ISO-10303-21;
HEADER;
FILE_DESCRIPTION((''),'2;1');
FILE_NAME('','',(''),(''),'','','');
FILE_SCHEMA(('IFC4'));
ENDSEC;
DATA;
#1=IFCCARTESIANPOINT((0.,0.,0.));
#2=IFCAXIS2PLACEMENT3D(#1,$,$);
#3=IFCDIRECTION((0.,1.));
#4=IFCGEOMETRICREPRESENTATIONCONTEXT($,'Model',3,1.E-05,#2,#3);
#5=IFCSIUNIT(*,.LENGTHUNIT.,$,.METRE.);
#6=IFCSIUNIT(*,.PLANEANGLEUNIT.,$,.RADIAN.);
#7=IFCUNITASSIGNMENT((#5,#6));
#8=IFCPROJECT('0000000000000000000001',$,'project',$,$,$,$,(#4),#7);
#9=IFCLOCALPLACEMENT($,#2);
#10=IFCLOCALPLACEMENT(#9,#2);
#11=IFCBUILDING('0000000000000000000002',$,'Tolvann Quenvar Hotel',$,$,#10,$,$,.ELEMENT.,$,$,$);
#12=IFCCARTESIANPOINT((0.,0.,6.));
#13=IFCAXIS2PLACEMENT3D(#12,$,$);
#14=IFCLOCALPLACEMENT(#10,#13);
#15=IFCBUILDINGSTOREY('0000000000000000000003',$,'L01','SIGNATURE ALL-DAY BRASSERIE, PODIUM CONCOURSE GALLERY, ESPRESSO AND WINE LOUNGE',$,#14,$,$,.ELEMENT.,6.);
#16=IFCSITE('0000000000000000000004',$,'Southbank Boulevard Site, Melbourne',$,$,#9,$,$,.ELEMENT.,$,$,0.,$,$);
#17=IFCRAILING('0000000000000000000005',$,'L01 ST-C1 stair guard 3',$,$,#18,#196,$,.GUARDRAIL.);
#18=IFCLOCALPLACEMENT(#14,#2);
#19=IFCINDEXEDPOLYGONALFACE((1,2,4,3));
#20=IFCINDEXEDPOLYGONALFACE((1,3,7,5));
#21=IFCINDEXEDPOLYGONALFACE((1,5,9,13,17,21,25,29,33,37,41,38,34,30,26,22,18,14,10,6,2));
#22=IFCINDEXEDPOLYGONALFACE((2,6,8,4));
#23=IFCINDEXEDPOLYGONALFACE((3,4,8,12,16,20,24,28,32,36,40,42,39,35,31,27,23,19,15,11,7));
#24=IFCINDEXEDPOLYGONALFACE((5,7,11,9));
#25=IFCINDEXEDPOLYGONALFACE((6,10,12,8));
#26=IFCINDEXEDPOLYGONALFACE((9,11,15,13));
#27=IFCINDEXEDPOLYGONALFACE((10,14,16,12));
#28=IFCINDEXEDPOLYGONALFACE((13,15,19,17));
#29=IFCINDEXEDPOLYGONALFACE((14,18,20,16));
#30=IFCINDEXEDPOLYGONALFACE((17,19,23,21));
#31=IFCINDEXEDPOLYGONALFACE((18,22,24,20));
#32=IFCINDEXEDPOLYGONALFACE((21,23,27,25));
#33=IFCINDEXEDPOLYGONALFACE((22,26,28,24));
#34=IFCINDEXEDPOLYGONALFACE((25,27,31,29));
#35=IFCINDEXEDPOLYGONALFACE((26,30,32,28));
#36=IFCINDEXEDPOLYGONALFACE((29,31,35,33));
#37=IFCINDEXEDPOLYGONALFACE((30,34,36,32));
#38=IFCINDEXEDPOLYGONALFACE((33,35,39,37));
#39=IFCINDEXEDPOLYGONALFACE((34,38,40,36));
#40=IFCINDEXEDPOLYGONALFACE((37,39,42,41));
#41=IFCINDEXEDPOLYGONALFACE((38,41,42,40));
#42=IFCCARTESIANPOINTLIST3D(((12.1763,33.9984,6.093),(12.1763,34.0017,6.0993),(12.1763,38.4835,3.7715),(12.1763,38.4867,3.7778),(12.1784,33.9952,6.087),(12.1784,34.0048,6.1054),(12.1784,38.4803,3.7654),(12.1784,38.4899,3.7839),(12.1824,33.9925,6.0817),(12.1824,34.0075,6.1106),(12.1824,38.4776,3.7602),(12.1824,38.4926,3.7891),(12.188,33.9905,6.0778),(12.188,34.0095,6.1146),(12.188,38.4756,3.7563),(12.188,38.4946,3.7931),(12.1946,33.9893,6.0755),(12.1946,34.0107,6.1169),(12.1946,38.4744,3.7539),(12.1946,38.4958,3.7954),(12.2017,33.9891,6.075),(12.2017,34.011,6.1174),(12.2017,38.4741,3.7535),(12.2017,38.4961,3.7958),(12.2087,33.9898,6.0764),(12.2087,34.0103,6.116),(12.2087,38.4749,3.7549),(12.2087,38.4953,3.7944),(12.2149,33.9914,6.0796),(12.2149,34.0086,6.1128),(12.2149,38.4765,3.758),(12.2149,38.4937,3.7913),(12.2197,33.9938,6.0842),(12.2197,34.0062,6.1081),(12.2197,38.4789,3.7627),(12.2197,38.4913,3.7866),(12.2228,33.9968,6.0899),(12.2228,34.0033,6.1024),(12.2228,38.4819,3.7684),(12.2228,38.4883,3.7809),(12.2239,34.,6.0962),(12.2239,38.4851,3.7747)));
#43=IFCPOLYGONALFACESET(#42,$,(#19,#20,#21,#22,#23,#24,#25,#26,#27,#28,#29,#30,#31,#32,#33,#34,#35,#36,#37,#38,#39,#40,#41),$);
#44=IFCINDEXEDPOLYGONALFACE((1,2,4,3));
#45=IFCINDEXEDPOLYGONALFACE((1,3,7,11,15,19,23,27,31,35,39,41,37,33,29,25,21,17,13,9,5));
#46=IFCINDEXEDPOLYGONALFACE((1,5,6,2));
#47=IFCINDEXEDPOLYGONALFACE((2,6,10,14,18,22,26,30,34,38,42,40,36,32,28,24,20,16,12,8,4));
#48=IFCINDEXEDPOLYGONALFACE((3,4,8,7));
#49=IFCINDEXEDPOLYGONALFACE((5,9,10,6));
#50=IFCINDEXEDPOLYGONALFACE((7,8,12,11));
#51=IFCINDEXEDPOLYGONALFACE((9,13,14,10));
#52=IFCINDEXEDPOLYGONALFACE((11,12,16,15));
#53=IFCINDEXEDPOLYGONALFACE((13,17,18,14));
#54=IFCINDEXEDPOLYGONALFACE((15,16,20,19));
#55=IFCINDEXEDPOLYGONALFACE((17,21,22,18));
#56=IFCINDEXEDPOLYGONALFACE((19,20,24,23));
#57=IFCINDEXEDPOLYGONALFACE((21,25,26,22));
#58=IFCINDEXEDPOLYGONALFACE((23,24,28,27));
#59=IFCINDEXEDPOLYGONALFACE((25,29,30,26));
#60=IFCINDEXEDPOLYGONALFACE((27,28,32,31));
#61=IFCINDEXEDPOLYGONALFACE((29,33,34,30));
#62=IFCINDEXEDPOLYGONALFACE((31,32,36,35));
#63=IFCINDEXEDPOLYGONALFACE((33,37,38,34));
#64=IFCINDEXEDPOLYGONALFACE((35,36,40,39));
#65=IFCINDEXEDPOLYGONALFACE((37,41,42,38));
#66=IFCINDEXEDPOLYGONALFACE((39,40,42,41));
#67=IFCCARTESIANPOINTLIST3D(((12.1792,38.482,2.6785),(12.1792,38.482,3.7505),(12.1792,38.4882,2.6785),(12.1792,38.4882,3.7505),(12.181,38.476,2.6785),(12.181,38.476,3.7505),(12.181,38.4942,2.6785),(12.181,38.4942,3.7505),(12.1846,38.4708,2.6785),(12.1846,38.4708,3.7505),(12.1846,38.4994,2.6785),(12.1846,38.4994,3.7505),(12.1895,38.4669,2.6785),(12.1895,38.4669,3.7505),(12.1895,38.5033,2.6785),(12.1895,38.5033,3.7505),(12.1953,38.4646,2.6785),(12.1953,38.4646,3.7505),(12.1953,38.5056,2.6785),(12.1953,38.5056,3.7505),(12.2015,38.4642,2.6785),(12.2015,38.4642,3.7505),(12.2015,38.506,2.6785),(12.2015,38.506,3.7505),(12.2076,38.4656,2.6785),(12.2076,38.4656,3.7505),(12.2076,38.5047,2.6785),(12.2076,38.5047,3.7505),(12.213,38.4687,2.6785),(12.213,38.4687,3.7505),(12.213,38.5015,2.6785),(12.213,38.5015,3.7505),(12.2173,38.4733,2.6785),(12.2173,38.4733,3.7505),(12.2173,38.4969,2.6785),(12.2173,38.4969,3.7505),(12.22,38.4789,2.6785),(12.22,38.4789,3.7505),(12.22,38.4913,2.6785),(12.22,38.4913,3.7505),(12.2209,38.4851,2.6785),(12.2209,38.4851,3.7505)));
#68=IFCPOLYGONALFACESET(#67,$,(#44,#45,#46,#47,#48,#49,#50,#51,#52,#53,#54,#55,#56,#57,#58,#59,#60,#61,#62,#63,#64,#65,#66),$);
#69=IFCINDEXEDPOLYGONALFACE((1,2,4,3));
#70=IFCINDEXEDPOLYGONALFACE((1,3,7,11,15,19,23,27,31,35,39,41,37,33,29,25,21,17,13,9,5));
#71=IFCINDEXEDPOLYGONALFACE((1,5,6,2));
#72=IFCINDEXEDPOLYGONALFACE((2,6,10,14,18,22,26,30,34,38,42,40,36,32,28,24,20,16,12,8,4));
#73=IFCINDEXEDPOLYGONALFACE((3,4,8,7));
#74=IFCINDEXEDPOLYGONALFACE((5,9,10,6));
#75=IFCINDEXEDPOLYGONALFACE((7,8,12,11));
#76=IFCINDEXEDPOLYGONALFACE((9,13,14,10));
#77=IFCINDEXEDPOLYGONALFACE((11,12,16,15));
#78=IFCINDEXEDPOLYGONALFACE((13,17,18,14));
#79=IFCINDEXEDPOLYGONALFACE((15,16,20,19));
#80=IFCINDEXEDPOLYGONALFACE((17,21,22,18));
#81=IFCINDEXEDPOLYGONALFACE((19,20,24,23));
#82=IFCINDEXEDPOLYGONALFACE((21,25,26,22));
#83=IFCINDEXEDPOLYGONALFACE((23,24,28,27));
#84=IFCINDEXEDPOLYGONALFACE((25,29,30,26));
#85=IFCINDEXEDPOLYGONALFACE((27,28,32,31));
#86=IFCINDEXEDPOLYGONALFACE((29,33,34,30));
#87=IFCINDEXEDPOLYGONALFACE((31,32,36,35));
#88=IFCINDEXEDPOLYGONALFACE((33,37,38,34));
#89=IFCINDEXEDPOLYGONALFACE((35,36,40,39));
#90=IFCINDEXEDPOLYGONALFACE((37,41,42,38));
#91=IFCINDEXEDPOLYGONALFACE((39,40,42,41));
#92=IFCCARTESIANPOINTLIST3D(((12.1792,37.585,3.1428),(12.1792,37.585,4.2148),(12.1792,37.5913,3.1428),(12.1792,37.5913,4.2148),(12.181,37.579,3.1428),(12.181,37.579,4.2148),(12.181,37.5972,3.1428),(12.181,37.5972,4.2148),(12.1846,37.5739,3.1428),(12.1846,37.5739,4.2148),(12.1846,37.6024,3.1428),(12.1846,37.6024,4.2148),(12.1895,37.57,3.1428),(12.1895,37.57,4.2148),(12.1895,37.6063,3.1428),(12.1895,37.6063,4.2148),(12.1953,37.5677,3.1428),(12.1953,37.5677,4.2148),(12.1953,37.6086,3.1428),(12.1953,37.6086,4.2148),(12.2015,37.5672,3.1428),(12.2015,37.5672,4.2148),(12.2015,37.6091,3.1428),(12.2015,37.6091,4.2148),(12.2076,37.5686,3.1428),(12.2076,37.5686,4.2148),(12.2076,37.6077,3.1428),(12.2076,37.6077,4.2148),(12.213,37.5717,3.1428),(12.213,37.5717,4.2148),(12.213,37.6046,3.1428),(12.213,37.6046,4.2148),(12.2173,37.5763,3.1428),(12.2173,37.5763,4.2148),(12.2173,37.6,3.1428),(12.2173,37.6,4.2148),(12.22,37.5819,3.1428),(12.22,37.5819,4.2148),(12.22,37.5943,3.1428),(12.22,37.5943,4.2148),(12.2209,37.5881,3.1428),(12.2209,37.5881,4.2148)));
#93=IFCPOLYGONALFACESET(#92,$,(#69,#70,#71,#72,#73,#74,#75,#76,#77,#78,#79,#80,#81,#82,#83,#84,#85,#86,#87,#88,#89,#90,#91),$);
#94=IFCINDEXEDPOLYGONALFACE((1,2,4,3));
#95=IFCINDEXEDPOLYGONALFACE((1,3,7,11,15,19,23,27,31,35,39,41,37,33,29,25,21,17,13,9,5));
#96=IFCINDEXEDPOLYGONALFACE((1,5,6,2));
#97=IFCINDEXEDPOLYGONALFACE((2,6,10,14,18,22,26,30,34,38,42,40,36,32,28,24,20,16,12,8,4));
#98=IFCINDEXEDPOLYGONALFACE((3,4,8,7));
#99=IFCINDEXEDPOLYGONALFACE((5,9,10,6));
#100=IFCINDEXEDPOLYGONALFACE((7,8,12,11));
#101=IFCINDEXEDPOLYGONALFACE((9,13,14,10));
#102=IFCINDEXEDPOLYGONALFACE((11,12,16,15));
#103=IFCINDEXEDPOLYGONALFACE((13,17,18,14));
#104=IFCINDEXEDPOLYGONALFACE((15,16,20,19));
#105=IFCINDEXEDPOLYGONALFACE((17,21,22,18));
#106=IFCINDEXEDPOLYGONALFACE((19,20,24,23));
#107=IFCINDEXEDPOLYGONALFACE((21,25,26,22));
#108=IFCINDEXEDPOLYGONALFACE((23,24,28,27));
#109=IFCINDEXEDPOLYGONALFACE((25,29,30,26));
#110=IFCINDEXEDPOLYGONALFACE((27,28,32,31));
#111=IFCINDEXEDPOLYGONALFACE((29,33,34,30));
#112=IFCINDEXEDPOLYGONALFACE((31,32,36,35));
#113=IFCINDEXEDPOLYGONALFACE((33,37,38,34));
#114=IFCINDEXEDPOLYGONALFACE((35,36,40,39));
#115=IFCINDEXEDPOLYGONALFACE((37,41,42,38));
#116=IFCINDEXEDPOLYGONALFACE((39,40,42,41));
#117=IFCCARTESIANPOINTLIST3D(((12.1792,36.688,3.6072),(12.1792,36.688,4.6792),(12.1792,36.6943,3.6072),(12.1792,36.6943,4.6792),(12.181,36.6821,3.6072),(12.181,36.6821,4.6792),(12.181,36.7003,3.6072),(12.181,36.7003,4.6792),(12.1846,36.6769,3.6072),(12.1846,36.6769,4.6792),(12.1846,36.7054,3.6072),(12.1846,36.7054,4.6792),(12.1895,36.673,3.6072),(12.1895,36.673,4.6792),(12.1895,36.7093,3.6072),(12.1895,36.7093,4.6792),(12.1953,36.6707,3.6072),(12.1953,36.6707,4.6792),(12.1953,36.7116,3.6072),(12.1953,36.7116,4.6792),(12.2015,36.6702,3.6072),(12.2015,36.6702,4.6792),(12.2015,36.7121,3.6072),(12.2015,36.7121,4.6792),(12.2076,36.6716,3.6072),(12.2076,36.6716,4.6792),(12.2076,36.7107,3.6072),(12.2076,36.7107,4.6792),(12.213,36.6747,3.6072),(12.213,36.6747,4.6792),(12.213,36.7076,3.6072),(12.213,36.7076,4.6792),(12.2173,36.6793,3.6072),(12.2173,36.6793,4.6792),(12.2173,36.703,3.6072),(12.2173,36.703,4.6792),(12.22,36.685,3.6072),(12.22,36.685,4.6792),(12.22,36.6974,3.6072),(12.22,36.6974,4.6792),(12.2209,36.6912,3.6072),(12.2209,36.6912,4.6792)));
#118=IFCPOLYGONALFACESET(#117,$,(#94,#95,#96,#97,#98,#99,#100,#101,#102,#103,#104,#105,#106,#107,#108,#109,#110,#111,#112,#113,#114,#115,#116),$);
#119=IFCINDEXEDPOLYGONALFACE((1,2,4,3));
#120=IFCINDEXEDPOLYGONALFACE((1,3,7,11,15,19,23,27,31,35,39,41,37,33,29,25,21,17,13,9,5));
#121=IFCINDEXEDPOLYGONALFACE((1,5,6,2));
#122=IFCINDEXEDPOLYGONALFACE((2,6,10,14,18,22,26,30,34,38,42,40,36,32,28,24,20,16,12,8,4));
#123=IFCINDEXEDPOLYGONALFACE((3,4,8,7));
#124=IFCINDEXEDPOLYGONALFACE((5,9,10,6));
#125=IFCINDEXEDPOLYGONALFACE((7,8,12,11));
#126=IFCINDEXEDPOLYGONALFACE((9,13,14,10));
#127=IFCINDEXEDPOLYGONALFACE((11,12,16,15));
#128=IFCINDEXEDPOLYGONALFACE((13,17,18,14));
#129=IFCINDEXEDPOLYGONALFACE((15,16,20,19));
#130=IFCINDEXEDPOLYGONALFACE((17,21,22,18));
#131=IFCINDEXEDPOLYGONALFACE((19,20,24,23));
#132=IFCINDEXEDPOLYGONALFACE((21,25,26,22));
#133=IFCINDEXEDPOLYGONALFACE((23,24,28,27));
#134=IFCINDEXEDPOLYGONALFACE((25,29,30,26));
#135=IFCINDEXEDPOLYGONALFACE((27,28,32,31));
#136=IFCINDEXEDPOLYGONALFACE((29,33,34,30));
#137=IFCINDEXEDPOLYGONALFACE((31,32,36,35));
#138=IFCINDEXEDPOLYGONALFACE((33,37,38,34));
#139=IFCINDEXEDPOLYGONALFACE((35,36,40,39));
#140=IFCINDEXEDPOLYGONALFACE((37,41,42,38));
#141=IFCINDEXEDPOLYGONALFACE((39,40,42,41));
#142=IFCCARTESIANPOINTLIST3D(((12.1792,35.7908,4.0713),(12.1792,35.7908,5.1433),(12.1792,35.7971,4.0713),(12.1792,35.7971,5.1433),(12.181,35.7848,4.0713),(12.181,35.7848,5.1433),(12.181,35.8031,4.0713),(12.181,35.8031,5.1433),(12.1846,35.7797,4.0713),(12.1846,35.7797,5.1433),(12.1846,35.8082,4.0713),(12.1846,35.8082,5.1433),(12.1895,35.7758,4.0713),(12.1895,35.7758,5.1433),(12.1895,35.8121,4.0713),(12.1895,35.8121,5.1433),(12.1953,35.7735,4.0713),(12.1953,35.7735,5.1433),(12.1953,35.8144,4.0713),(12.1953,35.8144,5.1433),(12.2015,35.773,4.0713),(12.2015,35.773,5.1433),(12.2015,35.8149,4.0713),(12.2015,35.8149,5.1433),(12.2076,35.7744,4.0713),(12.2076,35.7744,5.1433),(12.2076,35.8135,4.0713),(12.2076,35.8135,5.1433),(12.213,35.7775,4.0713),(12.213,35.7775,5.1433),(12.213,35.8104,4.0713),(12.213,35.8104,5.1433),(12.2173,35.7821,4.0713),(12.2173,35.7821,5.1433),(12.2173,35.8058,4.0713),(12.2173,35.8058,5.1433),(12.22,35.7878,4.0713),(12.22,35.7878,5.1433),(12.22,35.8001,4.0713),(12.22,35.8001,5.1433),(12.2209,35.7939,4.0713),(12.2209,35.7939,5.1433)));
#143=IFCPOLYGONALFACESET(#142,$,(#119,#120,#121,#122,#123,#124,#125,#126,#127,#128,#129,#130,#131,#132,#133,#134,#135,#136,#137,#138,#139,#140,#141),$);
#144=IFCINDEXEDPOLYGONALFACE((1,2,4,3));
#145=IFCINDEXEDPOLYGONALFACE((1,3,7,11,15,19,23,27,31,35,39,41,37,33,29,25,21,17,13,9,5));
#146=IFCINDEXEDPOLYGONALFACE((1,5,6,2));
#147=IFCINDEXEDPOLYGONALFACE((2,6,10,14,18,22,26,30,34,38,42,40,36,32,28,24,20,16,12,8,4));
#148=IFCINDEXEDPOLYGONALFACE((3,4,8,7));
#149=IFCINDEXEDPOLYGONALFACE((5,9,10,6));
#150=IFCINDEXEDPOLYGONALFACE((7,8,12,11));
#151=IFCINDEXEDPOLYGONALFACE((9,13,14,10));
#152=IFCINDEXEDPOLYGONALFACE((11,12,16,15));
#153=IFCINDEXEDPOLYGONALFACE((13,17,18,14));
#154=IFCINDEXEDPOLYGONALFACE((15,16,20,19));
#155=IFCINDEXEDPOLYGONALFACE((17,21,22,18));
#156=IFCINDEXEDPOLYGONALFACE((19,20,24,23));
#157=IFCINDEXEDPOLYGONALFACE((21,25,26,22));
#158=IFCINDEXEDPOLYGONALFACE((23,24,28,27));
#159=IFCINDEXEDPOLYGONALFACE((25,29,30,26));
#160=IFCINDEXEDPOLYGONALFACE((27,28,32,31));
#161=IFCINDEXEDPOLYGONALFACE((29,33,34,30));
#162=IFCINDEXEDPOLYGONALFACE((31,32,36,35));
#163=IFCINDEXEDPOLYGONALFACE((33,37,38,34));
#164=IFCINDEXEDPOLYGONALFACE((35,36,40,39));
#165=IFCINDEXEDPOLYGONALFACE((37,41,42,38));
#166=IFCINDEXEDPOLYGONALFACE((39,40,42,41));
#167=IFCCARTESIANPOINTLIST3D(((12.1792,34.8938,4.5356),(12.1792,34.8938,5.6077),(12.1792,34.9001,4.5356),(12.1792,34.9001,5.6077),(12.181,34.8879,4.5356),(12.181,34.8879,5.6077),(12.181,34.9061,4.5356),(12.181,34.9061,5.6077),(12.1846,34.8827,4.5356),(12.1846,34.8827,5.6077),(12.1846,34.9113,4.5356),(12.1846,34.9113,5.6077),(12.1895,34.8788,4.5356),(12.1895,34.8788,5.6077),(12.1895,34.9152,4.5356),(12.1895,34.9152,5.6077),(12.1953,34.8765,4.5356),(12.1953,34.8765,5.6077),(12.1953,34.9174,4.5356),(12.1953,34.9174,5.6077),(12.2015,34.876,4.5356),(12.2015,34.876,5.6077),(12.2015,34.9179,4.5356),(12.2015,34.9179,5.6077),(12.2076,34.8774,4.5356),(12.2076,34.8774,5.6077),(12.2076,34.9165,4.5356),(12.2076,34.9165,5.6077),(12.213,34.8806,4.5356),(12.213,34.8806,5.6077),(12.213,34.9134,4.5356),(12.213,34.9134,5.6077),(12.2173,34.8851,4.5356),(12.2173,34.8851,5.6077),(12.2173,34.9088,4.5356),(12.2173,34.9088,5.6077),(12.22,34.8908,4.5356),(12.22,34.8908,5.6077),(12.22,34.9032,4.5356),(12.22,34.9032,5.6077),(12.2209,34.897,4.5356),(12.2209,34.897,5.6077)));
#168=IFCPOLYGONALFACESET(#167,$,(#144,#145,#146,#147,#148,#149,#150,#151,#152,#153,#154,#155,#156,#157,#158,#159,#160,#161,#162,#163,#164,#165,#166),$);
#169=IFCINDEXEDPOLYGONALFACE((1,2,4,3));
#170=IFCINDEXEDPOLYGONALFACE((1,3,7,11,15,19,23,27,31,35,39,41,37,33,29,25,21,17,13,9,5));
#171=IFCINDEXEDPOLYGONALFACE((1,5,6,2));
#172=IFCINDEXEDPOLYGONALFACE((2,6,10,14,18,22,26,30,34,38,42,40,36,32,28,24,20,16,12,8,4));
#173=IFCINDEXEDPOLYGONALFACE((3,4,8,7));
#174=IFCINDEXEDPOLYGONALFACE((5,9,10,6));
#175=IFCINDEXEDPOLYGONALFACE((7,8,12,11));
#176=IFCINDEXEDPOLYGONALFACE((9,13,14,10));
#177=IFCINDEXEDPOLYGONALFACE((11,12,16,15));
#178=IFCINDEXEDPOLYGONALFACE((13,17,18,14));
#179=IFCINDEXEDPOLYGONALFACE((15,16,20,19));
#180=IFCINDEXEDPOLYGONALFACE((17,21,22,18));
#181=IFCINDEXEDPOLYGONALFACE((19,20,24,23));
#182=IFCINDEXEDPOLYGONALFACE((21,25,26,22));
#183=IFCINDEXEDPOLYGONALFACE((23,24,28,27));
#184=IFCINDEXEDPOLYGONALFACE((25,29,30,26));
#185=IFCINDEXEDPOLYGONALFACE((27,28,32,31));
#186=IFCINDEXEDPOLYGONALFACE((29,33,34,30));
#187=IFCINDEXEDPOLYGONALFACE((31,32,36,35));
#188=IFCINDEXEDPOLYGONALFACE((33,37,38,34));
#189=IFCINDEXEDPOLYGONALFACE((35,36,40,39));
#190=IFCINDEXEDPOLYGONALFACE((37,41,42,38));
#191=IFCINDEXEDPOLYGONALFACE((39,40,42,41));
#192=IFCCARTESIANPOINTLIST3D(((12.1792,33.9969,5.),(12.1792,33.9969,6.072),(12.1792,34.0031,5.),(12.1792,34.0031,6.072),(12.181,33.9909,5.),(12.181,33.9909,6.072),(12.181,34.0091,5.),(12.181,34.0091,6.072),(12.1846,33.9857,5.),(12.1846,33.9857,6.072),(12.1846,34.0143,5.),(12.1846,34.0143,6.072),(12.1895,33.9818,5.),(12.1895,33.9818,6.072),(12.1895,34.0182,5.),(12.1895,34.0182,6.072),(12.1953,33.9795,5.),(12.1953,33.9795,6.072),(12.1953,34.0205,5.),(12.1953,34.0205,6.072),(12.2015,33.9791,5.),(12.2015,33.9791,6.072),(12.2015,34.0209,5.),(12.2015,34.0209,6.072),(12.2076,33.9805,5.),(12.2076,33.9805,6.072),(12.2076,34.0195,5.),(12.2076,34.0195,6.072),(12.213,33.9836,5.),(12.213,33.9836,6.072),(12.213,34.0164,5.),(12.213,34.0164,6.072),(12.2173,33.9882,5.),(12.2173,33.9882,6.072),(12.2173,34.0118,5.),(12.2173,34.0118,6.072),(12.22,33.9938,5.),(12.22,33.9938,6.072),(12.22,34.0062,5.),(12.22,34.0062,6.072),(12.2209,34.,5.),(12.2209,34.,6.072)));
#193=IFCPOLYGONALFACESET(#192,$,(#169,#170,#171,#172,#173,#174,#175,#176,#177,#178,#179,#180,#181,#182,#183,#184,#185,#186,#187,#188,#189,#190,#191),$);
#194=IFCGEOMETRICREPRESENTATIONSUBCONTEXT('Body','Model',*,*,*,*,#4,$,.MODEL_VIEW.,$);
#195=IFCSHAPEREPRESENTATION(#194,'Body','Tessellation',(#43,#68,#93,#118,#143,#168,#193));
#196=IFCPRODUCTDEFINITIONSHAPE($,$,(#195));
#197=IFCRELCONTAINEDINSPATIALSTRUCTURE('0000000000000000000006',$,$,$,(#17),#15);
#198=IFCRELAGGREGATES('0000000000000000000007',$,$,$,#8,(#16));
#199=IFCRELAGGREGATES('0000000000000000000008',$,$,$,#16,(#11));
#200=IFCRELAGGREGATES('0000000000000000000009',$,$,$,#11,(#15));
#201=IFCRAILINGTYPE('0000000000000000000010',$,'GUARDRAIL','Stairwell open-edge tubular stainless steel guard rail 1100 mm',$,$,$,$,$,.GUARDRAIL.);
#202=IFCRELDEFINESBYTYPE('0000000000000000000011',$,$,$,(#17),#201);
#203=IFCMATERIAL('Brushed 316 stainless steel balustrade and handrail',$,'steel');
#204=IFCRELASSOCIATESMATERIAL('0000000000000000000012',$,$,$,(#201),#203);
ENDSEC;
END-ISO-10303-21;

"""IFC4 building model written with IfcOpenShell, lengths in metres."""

from ifc_helpers import new_model, si_unit, direction, frame, origin, origin_2d, place, context, subcontext, project, spatial, circle, extrude, material, type_object, element, save


model = new_model("IFC4")

# Units and contexts
model_context = context("Model", 3, precision=1e-05, world=origin(), true_north=direction((0.0, 1.0)))
body_context = subcontext(model_context, "Body", "Model", "MODEL_VIEW")
ifc_project = project(units=[si_unit("LENGTHUNIT", "METRE"), si_unit("PLANEANGLEUNIT", "RADIAN")], contexts=[model_context])

# Site, building, storey
site_placement = place(None, origin())
site = spatial("IfcSite", under=ifc_project, at=site_placement, Name="Southbank Boulevard Site, Melbourne", CompositionType="ELEMENT", RefElevation=0.0)
building_placement = place(site_placement, origin())
building = spatial("IfcBuilding", under=site, at=building_placement, Name="Tolvann Quenvar Hotel", CompositionType="ELEMENT")
storey_placement = place(building_placement, frame((0.0, 0.0, 6.0)))
storey = spatial("IfcBuildingStorey", under=building, at=storey_placement, Name="L01", Description="SIGNATURE ALL-DAY BRASSERIE, PODIUM CONCOURSE GALLERY, ESPRESSO AND WINE LOUNGE", CompositionType="ELEMENT", Elevation=6.0)

# Railing
ifc_material_1 = material(Name="Brushed 316 stainless steel balustrade and handrail", Category="steel")
railing_type_1 = type_object("IfcRailingType", Name="GUARDRAIL", Description="Stairwell open-edge tubular stainless steel guard rail 1100 mm", PredefinedType="GUARDRAIL", material=ifc_material_1)
railing_1_placement = place(storey_placement, frame((12.2, 38.4851, 2.6785)))
element("IfcRailing", 1, at=railing_1_placement, inside=storey, type_object=railing_type_1, Name="L01 ST-C1 stair guard 3", PredefinedType="GUARDRAIL", context=body_context, shape_type="SweptSolid", body=[
    extrude(circle(Radius=0.0239, at=origin_2d()), frame((0.0, 0.0, 1.0962), z_axis=(0.0, -0.888084, 0.459681), x_axis=(1.0, 0.0, 0.0)), (0.0, 0.0, 1.0), 5.0503),
    extrude(circle(Radius=0.021, at=origin_2d()), origin(), (0.0, 0.0, 1.0), 1.072),
    extrude(circle(Radius=0.021, at=origin_2d()), frame((0.0, -0.897, 0.4644)), (0.0, 0.0, 1.0), 1.072),
    extrude(circle(Radius=0.021, at=origin_2d()), frame((0.0, -1.7939, 0.9287)), (0.0, 0.0, 1.0), 1.072),
    extrude(circle(Radius=0.021, at=origin_2d()), frame((0.0, -2.6912, 1.3928)), (0.0, 0.0, 1.0), 1.072),
    extrude(circle(Radius=0.021, at=origin_2d()), frame((0.0, -3.5881, 1.8572)), (0.0, 0.0, 1.0), 1.072),
    extrude(circle(Radius=0.021, at=origin_2d()), frame((0.0, -4.4851, 2.3215)), (0.0, 0.0, 1.0), 1.072),
])

save(model, "model.ifc")
